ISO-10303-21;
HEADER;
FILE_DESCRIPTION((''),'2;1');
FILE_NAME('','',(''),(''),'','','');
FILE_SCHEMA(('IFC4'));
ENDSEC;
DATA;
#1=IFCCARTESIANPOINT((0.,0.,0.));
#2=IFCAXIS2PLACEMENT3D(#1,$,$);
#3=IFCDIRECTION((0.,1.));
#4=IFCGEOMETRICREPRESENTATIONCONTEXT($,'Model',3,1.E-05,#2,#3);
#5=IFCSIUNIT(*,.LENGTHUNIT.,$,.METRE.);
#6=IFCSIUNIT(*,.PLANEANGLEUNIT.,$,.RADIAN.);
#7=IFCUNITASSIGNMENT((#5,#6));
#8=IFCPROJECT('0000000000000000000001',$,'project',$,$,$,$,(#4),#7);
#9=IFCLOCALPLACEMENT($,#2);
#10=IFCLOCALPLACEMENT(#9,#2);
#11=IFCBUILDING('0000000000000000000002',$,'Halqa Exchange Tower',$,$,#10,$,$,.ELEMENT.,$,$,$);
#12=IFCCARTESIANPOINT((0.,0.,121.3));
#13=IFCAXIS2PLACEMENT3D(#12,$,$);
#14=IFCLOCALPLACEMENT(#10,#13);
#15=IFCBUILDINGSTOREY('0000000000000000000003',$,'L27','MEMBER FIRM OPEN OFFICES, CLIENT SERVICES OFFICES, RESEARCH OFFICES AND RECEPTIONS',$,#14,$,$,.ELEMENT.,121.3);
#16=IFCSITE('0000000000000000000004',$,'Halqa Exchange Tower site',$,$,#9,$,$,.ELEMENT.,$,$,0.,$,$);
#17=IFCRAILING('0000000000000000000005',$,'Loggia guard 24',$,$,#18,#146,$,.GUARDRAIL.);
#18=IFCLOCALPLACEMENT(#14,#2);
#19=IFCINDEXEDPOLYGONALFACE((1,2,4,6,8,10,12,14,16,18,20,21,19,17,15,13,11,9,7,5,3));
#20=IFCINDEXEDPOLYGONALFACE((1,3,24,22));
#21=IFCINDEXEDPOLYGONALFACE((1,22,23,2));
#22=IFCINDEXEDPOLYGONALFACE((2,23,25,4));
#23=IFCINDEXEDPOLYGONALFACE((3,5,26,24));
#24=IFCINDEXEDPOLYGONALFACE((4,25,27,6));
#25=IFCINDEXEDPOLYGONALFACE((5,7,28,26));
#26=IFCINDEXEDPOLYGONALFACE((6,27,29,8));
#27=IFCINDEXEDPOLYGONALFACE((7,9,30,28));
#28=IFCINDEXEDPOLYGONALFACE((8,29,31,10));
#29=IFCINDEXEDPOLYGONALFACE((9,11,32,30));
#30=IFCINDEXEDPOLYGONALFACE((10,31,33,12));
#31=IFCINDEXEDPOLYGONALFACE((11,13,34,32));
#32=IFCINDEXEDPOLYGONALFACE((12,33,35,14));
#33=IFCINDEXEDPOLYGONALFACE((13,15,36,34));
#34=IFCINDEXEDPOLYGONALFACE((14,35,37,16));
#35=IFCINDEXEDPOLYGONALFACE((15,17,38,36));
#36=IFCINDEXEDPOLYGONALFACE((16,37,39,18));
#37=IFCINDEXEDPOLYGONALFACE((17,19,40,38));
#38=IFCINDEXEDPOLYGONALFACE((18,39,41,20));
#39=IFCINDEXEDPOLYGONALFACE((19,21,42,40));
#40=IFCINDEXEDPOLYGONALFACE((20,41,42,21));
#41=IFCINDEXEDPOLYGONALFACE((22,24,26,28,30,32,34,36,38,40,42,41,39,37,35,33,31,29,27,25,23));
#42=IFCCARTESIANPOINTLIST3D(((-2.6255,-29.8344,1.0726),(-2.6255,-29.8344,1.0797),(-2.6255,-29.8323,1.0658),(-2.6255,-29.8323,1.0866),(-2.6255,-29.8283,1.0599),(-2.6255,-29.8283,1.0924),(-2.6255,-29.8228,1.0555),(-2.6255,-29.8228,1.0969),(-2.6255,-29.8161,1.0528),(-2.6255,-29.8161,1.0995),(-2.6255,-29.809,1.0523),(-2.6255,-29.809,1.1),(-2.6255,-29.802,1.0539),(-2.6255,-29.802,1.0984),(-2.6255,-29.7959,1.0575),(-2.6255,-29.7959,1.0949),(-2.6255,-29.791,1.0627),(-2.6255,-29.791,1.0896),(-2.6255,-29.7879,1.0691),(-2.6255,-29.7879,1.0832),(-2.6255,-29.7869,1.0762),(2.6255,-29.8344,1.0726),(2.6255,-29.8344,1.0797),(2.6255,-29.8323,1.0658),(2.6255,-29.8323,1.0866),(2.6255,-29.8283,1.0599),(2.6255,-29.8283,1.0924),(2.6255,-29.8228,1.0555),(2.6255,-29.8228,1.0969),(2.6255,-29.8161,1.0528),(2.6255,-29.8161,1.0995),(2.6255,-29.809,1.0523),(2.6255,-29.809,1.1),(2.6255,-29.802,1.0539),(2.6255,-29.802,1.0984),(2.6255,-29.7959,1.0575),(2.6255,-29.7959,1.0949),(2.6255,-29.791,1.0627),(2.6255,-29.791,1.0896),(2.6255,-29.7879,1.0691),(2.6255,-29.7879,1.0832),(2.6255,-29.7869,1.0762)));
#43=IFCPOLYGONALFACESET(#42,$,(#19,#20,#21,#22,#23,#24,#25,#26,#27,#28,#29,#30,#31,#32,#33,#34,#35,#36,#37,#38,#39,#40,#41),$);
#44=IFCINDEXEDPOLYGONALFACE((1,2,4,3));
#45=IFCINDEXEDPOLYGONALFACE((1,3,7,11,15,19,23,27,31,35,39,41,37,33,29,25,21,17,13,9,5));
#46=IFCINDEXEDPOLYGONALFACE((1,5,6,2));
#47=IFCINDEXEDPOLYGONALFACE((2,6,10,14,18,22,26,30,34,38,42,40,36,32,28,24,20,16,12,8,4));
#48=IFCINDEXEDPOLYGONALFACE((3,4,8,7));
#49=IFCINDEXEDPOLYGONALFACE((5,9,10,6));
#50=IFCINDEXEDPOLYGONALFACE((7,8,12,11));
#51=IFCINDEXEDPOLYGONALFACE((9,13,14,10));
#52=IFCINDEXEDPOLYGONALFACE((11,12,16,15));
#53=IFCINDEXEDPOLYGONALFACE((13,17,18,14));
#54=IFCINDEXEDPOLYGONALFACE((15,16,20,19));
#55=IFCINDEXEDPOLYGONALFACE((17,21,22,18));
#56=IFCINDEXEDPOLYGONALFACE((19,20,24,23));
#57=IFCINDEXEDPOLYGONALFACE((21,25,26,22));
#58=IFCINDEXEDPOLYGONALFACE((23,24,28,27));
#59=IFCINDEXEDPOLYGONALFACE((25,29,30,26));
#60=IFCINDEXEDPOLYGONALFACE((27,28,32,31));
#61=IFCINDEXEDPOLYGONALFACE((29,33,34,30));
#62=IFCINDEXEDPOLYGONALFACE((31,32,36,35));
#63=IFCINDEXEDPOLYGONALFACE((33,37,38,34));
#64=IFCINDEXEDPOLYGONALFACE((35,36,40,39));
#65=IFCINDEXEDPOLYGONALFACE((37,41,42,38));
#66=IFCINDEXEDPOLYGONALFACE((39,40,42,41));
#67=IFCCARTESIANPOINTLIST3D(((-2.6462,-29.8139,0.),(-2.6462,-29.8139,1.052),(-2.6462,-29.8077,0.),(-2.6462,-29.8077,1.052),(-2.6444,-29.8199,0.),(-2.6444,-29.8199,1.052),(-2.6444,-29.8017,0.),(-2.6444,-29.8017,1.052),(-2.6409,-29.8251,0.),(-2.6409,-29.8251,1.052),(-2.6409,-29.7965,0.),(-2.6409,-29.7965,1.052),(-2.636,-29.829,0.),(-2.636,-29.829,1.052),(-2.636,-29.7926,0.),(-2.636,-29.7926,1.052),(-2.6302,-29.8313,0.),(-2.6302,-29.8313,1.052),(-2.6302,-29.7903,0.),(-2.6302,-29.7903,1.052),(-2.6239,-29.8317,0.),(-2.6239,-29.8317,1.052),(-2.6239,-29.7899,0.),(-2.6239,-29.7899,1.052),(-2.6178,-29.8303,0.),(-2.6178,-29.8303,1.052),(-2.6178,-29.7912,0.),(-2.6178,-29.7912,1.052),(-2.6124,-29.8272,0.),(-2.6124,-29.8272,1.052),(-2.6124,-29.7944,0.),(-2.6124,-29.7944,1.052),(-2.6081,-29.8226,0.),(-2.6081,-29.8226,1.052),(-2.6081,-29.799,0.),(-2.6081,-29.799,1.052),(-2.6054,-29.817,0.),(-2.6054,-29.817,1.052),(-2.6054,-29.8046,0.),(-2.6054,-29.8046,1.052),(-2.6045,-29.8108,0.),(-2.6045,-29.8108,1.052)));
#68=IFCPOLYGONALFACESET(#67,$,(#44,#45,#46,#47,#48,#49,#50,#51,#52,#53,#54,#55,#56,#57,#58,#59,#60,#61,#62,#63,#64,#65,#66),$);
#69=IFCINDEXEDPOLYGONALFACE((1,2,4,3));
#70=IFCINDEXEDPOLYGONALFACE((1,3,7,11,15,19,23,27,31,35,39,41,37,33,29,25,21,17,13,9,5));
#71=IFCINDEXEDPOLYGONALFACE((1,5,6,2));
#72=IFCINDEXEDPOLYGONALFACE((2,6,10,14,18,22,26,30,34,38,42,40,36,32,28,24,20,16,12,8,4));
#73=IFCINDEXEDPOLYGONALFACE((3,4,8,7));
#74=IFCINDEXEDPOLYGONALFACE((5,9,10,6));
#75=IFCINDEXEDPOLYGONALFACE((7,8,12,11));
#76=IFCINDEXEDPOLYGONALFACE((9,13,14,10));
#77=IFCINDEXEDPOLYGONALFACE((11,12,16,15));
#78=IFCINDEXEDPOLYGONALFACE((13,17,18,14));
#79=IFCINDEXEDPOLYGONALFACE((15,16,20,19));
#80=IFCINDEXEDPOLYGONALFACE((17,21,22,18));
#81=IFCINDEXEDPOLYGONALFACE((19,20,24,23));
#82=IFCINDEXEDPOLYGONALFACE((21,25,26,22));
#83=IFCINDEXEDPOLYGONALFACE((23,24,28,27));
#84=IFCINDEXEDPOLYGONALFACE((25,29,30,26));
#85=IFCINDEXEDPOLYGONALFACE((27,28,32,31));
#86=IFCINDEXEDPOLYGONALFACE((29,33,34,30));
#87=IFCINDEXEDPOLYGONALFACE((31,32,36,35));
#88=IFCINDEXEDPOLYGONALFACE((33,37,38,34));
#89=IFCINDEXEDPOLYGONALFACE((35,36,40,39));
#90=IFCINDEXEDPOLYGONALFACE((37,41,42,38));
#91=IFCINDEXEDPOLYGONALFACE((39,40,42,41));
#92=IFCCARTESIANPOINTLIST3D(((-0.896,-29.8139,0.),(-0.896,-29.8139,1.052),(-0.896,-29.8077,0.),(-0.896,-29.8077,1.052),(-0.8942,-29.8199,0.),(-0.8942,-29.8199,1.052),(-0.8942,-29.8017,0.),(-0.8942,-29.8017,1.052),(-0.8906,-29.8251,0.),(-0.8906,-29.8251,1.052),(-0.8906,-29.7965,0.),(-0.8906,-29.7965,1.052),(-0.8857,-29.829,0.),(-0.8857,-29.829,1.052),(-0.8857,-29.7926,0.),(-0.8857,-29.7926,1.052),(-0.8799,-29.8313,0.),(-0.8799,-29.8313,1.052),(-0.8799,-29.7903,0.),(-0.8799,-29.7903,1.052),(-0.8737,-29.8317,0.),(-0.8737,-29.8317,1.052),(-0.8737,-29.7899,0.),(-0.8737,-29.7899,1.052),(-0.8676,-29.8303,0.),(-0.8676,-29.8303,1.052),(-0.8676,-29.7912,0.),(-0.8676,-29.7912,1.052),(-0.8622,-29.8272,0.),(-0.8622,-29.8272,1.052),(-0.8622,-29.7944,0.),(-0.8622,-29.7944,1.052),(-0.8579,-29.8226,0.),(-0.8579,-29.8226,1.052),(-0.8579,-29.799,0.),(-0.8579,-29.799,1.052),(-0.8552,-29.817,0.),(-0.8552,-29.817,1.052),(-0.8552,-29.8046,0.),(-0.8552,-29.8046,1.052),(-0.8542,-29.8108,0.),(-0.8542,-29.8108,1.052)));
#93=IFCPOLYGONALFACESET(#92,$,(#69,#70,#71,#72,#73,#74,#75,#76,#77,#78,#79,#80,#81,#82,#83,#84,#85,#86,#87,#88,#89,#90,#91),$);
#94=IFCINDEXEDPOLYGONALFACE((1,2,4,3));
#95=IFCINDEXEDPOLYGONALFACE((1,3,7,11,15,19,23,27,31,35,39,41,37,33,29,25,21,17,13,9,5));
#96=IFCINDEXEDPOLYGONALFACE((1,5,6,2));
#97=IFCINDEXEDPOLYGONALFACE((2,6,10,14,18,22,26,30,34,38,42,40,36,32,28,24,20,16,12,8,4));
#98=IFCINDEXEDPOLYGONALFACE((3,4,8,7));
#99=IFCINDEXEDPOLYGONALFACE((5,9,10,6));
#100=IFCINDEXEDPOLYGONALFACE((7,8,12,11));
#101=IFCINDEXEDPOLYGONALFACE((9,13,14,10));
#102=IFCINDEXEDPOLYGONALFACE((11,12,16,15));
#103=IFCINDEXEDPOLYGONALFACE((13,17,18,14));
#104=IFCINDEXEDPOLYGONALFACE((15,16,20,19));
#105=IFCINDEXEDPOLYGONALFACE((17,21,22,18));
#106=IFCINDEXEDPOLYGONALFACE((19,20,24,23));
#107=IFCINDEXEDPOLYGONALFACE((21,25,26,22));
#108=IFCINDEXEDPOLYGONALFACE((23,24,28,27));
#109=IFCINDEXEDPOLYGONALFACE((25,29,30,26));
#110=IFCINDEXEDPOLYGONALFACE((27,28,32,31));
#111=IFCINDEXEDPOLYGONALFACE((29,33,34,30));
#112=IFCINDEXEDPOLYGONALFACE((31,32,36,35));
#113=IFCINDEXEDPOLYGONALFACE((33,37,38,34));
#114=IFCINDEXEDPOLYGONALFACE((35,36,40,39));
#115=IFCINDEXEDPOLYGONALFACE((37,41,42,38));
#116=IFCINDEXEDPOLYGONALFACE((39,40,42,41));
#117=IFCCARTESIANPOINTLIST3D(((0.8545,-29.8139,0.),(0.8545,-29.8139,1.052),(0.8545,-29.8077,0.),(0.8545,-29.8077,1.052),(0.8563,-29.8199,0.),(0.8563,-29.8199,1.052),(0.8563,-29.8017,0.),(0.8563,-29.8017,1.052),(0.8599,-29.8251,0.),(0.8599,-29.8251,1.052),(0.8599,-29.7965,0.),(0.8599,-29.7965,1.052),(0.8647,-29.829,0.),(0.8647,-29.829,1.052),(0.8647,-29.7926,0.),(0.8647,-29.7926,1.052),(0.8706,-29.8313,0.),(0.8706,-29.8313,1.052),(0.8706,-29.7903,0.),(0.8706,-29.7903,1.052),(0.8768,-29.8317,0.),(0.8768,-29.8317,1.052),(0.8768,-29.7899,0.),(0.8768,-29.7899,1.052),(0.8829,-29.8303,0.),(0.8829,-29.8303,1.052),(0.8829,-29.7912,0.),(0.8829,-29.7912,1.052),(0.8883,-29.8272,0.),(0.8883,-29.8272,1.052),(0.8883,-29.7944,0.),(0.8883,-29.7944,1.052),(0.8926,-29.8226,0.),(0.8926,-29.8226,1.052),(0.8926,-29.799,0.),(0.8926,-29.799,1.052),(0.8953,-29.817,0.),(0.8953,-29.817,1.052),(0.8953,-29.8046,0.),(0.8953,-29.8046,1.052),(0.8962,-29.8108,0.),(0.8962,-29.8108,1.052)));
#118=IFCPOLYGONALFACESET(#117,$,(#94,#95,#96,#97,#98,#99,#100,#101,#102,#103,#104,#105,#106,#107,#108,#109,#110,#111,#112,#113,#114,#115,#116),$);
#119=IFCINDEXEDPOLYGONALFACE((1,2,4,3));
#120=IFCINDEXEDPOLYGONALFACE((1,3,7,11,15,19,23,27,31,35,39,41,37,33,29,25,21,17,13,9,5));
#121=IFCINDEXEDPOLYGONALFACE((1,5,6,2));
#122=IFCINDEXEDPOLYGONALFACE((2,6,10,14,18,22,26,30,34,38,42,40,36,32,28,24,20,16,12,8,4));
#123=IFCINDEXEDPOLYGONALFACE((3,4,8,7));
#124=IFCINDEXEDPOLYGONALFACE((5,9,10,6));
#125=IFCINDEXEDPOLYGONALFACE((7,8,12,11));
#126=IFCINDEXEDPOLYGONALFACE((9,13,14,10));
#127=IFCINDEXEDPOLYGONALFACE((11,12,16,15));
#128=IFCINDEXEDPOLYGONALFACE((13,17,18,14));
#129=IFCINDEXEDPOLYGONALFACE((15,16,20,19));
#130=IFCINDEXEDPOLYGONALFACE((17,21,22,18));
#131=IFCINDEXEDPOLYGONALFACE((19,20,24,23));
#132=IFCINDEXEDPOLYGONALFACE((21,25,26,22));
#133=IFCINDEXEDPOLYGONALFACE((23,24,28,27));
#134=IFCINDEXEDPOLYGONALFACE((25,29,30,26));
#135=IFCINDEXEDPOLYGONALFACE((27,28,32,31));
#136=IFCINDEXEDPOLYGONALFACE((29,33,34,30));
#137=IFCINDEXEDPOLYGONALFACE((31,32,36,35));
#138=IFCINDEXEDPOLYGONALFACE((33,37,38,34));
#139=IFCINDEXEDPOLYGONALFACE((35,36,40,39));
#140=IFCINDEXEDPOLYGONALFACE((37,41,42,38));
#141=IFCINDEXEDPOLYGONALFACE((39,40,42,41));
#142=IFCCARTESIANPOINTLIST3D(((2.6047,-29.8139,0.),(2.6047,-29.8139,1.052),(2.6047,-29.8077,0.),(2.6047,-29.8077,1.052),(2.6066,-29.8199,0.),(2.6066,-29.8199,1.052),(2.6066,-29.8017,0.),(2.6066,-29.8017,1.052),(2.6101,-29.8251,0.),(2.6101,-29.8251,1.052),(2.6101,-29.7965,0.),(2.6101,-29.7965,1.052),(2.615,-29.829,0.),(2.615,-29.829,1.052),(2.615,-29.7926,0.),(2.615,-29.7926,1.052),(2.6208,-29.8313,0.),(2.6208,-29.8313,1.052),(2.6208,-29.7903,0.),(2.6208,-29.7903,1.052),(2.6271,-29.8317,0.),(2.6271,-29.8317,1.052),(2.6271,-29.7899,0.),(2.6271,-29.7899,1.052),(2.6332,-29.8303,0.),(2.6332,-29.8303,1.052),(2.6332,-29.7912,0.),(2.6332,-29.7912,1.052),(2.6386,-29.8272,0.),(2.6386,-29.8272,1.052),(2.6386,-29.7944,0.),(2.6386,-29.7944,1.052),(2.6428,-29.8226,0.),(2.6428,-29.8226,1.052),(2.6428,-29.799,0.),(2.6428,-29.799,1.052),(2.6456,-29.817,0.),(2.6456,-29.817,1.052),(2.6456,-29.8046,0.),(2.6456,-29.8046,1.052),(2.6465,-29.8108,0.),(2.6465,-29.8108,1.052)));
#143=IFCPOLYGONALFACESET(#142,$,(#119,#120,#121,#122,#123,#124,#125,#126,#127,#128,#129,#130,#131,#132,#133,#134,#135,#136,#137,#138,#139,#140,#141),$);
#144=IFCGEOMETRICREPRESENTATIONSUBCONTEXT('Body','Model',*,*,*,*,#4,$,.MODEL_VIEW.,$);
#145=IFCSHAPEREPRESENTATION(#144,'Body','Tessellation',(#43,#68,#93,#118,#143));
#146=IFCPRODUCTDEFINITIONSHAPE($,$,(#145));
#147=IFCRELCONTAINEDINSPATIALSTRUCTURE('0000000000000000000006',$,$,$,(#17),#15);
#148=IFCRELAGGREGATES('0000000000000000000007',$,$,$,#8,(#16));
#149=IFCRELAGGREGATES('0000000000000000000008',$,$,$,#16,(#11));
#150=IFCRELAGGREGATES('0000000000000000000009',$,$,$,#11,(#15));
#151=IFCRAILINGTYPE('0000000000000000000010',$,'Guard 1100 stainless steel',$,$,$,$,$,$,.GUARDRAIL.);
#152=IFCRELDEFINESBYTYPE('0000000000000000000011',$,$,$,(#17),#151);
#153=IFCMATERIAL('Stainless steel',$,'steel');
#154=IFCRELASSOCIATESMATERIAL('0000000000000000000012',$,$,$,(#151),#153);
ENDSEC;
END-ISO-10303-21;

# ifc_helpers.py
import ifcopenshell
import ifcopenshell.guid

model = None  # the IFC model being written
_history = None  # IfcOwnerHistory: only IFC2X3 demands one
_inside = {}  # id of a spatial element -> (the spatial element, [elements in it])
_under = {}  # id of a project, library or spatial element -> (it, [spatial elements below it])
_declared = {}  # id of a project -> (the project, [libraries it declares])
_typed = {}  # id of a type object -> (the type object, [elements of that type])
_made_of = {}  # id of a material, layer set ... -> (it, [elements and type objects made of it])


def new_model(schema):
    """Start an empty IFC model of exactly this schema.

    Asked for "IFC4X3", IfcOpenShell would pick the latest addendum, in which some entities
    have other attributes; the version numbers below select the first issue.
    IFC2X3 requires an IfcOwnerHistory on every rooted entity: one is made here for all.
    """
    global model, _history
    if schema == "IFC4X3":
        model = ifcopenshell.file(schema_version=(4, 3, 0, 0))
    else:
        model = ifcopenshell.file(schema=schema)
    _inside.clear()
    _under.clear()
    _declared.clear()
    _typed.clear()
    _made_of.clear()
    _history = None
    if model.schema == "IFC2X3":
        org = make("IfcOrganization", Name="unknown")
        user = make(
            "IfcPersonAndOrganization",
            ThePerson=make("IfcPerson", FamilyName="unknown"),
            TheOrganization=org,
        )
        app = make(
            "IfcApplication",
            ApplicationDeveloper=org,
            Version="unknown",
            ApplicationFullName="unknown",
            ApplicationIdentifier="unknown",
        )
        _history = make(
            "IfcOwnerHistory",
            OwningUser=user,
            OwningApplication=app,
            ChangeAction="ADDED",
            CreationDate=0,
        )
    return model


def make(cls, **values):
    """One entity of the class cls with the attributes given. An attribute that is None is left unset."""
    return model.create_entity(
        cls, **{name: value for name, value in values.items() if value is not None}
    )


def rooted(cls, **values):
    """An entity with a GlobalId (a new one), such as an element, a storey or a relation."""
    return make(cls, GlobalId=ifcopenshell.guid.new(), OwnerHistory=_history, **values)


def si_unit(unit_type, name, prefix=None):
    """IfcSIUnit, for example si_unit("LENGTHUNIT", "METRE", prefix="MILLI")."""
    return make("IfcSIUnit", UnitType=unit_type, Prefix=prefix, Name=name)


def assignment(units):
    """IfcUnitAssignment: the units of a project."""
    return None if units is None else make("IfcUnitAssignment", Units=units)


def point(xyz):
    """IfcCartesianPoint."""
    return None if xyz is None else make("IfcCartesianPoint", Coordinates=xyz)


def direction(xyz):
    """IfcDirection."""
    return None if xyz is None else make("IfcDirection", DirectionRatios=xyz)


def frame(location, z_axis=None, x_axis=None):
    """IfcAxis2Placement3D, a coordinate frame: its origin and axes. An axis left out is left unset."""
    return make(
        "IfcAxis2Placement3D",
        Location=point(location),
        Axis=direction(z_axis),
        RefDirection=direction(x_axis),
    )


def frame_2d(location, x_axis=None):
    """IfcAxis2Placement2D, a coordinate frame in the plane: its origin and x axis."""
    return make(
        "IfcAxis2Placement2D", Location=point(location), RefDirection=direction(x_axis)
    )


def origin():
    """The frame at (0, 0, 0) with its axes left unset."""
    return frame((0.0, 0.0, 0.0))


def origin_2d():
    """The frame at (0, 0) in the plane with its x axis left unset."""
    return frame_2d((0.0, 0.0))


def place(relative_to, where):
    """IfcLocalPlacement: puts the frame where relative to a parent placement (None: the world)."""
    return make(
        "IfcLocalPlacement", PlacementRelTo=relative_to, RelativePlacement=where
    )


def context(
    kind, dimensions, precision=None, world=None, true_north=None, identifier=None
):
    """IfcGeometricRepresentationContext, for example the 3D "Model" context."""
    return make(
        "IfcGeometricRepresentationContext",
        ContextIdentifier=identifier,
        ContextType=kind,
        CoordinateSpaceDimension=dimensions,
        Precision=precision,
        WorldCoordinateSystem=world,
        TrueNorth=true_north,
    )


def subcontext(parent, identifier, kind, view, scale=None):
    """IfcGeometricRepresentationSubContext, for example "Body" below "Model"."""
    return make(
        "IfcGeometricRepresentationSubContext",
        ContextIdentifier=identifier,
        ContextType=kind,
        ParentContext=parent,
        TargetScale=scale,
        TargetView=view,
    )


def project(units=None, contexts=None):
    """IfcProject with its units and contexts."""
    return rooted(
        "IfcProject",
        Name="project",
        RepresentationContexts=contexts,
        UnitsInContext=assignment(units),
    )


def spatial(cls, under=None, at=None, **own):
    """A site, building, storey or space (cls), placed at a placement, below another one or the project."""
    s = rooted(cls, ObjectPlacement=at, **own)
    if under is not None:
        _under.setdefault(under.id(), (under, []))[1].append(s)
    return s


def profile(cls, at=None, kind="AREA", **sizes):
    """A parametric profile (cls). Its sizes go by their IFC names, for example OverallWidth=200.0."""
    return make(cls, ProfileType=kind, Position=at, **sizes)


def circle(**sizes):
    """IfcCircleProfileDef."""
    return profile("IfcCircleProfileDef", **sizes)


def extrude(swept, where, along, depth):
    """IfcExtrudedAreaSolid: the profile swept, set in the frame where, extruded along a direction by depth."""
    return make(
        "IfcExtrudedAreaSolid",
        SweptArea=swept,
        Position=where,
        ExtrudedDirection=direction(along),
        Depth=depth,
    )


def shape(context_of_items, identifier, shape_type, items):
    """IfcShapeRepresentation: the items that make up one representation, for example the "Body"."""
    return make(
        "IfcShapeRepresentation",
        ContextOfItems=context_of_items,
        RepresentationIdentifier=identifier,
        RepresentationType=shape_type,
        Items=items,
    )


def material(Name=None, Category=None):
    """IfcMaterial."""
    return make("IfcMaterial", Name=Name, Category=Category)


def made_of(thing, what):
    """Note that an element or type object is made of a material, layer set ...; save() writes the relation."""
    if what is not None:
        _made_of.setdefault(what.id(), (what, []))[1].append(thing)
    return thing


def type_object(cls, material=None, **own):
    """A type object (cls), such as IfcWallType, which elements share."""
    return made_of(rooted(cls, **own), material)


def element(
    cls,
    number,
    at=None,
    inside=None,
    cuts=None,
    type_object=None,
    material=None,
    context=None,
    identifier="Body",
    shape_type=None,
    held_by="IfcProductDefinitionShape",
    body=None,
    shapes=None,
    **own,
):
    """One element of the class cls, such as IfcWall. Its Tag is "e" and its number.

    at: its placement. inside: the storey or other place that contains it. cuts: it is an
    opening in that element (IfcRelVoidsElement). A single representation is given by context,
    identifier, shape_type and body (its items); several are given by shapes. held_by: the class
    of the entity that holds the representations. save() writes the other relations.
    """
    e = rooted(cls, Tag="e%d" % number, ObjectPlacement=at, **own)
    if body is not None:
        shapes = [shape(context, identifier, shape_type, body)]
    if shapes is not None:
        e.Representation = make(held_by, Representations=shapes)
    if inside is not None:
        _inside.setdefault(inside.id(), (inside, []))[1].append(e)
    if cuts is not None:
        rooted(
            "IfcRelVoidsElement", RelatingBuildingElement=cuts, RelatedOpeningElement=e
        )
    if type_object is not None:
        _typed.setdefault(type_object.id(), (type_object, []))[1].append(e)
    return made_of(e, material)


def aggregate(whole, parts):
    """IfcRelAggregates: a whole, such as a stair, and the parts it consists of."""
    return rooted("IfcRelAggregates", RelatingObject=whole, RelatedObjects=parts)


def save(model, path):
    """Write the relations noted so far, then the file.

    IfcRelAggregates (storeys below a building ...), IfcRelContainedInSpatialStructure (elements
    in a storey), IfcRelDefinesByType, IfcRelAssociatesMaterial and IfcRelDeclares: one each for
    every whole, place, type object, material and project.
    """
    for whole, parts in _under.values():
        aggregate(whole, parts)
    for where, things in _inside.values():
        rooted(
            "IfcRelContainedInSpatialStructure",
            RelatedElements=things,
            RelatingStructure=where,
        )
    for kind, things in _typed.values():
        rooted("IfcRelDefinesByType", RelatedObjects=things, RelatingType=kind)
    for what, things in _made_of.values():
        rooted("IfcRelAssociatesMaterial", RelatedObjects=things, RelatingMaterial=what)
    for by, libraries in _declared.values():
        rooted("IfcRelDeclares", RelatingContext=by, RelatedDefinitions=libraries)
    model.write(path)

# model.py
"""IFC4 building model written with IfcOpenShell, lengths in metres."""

from ifc_helpers import new_model, si_unit, direction, frame, origin, origin_2d, place, context, subcontext, project, spatial, circle, extrude, material, type_object, element, save


model = new_model("IFC4")

# Units and contexts
model_context = context("Model", 3, precision=1e-05, world=origin(), true_north=direction((0.0, 1.0)))
body_context = subcontext(model_context, "Body", "Model", "MODEL_VIEW")
ifc_project = project(units=[si_unit("LENGTHUNIT", "METRE"), si_unit("PLANEANGLEUNIT", "RADIAN")], contexts=[model_context])

# Site, building, storey
site_placement = place(None, origin())
site = spatial("IfcSite", under=ifc_project, at=site_placement, Name="Halqa Exchange Tower site", CompositionType="ELEMENT", RefElevation=0.0)
building_placement = place(site_placement, origin())
building = spatial("IfcBuilding", under=site, at=building_placement, Name="Halqa Exchange Tower", CompositionType="ELEMENT")
storey_placement = place(building_placement, frame((0.0, 0.0, 121.3)))
storey = spatial("IfcBuildingStorey", under=building, at=storey_placement, Name="L27", Description="MEMBER FIRM OPEN OFFICES, CLIENT SERVICES OFFICES, RESEARCH OFFICES AND RECEPTIONS", CompositionType="ELEMENT", Elevation=121.3)

# Railing
ifc_material_1 = material(Name="Stainless steel", Category="steel")
railing_type = type_object("IfcRailingType", Name="Guard 1100 stainless steel", PredefinedType="GUARDRAIL", material=ifc_material_1)
railing_1_placement = place(storey_placement, frame((-2.6255, -29.8108, 0.0)))
element("IfcRailing", 1, at=railing_1_placement, inside=storey, type_object=railing_type, Name="Loggia guard 24", PredefinedType="GUARDRAIL", context=body_context, shape_type="SweptSolid", body=[
    extrude(circle(Radius=0.0239, at=origin_2d()), frame((0.0, 0.0, 1.0762), z_axis=(1.0, 0.0, 0.0), x_axis=(0.0, 1.0, 0.0)), (0.0, 0.0, 1.0), 5.251),
    extrude(circle(Radius=0.021, at=origin_2d()), origin(), (0.0, 0.0, 1.0), 1.052),
    extrude(circle(Radius=0.021, at=origin_2d()), frame((1.7502, 0.0, 0.0)), (0.0, 0.0, 1.0), 1.052),
    extrude(circle(Radius=0.021, at=origin_2d()), frame((3.5007, 0.0, 0.0)), (0.0, 0.0, 1.0), 1.052),
    extrude(circle(Radius=0.021, at=origin_2d()), frame((5.251, 0.0, 0.0)), (0.0, 0.0, 1.0), 1.052),
])

save(model, "model.ifc")
